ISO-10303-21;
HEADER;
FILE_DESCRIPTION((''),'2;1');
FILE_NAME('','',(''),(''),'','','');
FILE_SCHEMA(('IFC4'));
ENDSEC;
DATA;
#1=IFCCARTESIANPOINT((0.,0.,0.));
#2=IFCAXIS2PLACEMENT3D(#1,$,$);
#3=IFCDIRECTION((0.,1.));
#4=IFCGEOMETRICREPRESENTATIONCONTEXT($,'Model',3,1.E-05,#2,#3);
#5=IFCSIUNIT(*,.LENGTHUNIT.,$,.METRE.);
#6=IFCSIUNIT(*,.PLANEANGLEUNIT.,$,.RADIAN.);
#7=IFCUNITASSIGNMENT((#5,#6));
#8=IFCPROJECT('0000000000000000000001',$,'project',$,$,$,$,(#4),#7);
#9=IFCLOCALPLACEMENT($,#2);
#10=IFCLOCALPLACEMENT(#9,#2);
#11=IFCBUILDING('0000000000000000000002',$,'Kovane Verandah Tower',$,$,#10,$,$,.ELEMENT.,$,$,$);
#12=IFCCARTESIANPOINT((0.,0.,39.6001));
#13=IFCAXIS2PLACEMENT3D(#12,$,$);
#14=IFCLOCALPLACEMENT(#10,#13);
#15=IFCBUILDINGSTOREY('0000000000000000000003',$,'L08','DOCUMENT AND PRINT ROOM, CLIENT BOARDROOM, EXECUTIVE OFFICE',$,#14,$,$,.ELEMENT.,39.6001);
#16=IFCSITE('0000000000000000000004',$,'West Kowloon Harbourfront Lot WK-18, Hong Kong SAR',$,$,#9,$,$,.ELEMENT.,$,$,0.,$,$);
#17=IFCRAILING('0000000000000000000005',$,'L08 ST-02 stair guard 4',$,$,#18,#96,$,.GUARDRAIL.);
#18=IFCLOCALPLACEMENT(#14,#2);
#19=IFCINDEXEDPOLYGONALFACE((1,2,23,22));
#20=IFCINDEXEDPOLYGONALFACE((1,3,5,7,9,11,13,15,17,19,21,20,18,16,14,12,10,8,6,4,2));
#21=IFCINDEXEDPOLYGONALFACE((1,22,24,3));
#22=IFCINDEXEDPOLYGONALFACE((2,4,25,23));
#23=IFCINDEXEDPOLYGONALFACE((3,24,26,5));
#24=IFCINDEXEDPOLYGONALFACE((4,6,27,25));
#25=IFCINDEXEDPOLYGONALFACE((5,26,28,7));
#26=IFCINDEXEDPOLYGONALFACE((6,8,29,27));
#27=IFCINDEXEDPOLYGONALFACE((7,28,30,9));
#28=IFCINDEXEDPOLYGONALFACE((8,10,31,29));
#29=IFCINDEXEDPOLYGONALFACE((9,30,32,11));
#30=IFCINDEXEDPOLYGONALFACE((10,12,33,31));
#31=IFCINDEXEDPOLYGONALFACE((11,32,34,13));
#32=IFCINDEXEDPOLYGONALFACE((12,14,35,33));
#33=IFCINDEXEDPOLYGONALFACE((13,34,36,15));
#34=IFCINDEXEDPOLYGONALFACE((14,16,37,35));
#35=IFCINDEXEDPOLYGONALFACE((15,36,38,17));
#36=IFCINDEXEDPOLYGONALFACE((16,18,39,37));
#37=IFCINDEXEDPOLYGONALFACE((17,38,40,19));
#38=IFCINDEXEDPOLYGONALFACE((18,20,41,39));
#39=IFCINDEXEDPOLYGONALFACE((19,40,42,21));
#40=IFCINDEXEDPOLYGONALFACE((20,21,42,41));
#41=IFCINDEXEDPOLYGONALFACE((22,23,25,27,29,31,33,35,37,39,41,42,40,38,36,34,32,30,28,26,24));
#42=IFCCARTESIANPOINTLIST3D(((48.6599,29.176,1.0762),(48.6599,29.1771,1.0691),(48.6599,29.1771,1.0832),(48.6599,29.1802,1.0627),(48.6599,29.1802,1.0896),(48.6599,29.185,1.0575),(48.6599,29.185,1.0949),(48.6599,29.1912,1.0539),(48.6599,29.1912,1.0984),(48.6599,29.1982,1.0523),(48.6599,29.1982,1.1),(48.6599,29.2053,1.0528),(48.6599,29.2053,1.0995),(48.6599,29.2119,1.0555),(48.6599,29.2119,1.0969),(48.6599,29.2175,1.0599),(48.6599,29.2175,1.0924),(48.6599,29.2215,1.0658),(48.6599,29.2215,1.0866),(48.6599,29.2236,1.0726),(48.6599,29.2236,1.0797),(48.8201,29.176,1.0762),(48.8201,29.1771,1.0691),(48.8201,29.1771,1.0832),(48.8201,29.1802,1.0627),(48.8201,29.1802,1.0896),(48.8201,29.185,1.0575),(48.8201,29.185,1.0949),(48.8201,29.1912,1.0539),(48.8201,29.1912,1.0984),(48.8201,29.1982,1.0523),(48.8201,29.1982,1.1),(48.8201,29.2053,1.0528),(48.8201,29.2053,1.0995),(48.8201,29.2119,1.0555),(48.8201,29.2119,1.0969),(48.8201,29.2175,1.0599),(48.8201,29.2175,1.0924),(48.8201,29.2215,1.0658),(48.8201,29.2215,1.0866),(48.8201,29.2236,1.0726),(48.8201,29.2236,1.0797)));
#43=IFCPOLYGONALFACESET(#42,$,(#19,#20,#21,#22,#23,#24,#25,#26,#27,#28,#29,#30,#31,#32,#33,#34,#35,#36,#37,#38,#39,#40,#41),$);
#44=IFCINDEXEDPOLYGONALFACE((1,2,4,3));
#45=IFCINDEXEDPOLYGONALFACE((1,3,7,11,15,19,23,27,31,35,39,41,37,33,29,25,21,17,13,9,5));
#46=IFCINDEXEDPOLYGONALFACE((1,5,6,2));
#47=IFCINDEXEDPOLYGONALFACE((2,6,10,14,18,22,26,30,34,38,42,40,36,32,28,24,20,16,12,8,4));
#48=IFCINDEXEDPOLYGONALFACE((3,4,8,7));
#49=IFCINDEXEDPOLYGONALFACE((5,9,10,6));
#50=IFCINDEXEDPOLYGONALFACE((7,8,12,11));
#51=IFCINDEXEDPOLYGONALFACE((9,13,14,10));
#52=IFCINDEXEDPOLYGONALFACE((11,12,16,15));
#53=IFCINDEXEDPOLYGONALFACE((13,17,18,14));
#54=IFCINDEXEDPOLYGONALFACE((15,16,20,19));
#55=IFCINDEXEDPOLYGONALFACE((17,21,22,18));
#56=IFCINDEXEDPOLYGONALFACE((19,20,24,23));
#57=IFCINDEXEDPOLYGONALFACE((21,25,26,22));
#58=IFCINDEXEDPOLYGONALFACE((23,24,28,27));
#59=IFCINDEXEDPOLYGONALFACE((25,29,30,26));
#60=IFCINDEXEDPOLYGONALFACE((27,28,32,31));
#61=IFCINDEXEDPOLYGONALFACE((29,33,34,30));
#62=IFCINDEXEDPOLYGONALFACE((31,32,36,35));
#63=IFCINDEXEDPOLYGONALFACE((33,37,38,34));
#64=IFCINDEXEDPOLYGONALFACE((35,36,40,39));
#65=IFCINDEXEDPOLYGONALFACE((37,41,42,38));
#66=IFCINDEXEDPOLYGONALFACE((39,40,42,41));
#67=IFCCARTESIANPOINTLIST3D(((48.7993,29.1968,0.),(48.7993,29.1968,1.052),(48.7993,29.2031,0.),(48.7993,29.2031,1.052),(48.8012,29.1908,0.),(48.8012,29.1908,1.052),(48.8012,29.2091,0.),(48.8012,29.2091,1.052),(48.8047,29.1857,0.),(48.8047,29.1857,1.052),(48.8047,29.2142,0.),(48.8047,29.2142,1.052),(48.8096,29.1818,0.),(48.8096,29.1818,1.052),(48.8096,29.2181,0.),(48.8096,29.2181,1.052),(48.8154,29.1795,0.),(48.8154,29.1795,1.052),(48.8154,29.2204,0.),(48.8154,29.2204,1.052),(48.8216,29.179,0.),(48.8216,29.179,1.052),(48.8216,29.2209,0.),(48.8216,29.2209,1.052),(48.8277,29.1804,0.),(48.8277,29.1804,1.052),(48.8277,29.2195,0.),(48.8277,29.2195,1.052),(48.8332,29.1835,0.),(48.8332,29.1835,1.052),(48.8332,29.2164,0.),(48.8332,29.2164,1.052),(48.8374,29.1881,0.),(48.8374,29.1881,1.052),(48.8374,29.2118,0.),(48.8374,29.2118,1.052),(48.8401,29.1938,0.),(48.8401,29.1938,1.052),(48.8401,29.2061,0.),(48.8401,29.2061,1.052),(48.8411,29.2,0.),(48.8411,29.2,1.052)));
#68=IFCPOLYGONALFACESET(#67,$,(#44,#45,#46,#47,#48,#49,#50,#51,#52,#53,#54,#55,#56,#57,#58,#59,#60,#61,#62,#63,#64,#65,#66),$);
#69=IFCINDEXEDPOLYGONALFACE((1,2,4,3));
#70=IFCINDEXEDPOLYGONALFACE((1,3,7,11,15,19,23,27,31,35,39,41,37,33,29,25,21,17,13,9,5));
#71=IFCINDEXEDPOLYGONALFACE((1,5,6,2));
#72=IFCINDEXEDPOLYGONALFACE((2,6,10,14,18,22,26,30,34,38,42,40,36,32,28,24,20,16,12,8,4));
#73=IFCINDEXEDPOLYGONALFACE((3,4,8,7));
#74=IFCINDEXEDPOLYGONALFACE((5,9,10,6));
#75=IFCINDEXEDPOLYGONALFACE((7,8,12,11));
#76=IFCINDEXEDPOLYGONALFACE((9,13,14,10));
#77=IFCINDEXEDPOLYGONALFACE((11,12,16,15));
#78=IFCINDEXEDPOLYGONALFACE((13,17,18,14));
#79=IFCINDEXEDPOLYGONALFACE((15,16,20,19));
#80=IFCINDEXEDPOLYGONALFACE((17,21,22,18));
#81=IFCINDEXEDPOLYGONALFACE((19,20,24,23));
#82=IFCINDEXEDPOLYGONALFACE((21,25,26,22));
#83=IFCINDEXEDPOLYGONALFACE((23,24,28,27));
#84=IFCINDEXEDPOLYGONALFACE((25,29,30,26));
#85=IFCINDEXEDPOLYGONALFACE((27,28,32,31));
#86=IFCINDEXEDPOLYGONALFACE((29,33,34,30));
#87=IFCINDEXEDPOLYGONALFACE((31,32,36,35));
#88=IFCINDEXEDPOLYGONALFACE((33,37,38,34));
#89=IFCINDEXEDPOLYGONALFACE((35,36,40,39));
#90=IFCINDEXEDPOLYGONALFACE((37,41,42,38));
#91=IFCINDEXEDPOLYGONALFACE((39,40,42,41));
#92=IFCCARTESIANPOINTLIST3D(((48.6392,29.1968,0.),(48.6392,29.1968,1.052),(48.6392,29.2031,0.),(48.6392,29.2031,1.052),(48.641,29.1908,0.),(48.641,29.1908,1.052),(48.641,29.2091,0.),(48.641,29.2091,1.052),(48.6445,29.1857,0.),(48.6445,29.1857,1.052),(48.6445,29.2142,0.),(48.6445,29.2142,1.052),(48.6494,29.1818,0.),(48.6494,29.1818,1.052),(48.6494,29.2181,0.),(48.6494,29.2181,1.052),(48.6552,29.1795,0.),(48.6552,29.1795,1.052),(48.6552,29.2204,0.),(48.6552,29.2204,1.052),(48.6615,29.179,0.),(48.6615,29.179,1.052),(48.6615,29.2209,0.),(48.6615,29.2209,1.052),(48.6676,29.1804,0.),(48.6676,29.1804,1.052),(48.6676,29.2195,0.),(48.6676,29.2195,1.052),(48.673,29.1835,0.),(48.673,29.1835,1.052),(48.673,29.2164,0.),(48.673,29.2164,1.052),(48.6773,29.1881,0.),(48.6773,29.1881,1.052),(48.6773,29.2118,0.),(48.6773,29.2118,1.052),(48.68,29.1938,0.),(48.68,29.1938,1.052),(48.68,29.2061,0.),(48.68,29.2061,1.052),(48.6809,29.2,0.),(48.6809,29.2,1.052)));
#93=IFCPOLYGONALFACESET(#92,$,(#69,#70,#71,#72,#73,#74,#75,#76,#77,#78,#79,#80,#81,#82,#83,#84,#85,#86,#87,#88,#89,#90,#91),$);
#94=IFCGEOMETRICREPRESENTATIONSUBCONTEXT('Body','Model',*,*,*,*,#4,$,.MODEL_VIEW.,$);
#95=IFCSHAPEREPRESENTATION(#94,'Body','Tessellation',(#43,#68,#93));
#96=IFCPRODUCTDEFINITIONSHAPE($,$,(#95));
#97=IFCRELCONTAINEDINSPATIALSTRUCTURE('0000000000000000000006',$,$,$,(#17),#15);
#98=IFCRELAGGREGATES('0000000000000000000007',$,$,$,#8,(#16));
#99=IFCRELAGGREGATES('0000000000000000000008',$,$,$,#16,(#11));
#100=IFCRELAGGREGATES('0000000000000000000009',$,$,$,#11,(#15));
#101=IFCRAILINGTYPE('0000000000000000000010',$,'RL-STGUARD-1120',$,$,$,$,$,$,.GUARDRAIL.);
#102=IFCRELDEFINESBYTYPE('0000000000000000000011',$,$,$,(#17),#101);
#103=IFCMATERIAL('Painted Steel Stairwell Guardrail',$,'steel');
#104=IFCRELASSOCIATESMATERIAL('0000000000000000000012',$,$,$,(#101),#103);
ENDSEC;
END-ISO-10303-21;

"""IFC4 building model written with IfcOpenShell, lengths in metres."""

from ifc_helpers import new_model, si_unit, direction, frame, origin, origin_2d, place, context, subcontext, project, spatial, circle, extrude, material, type_object, element, save


model = new_model("IFC4")

# Units and contexts
model_context = context("Model", 3, precision=1e-05, world=origin(), true_north=direction((0.0, 1.0)))
body_context = subcontext(model_context, "Body", "Model", "MODEL_VIEW")
ifc_project = project(units=[si_unit("LENGTHUNIT", "METRE"), si_unit("PLANEANGLEUNIT", "RADIAN")], contexts=[model_context])

# Site, building, storey
site_placement = place(None, origin())
site = spatial("IfcSite", under=ifc_project, at=site_placement, Name="West Kowloon Harbourfront Lot WK-18, Hong Kong SAR", CompositionType="ELEMENT", RefElevation=0.0)
building_placement = place(site_placement, origin())
building = spatial("IfcBuilding", under=site, at=building_placement, Name="Kovane Verandah Tower", CompositionType="ELEMENT")
storey_placement = place(building_placement, frame((0.0, 0.0, 39.6001)))
storey = spatial("IfcBuildingStorey", under=building, at=storey_placement, Name="L08", Description="DOCUMENT AND PRINT ROOM, CLIENT BOARDROOM, EXECUTIVE OFFICE", CompositionType="ELEMENT", Elevation=39.6001)

# Railing
ifc_material_1 = material(Name="Painted Steel Stairwell Guardrail", Category="steel")
railing_type_1 = type_object("IfcRailingType", Name="RL-STGUARD-1120", PredefinedType="GUARDRAIL", material=ifc_material_1)
railing_1_placement = place(storey_placement, frame((48.8201, 29.2, 0.0)))
element("IfcRailing", 1, at=railing_1_placement, inside=storey, type_object=railing_type_1, Name="L08 ST-02 stair guard 4", PredefinedType="GUARDRAIL", context=body_context, shape_type="SweptSolid", body=[
    extrude(circle(Radius=0.0239, at=origin_2d()), frame((0.0, 0.0, 1.0762), z_axis=(-1.0, 0.0, 0.0), x_axis=(0.0, -1.0, 0.0)), (0.0, 0.0, 1.0), 0.1602),
    extrude(circle(Radius=0.021, at=origin_2d()), origin(), (0.0, 0.0, 1.0), 1.052),
    extrude(circle(Radius=0.021, at=origin_2d()), frame((-0.1602, 0.0, 0.0)), (0.0, 0.0, 1.0), 1.052),
])

save(model, "model.ifc")
